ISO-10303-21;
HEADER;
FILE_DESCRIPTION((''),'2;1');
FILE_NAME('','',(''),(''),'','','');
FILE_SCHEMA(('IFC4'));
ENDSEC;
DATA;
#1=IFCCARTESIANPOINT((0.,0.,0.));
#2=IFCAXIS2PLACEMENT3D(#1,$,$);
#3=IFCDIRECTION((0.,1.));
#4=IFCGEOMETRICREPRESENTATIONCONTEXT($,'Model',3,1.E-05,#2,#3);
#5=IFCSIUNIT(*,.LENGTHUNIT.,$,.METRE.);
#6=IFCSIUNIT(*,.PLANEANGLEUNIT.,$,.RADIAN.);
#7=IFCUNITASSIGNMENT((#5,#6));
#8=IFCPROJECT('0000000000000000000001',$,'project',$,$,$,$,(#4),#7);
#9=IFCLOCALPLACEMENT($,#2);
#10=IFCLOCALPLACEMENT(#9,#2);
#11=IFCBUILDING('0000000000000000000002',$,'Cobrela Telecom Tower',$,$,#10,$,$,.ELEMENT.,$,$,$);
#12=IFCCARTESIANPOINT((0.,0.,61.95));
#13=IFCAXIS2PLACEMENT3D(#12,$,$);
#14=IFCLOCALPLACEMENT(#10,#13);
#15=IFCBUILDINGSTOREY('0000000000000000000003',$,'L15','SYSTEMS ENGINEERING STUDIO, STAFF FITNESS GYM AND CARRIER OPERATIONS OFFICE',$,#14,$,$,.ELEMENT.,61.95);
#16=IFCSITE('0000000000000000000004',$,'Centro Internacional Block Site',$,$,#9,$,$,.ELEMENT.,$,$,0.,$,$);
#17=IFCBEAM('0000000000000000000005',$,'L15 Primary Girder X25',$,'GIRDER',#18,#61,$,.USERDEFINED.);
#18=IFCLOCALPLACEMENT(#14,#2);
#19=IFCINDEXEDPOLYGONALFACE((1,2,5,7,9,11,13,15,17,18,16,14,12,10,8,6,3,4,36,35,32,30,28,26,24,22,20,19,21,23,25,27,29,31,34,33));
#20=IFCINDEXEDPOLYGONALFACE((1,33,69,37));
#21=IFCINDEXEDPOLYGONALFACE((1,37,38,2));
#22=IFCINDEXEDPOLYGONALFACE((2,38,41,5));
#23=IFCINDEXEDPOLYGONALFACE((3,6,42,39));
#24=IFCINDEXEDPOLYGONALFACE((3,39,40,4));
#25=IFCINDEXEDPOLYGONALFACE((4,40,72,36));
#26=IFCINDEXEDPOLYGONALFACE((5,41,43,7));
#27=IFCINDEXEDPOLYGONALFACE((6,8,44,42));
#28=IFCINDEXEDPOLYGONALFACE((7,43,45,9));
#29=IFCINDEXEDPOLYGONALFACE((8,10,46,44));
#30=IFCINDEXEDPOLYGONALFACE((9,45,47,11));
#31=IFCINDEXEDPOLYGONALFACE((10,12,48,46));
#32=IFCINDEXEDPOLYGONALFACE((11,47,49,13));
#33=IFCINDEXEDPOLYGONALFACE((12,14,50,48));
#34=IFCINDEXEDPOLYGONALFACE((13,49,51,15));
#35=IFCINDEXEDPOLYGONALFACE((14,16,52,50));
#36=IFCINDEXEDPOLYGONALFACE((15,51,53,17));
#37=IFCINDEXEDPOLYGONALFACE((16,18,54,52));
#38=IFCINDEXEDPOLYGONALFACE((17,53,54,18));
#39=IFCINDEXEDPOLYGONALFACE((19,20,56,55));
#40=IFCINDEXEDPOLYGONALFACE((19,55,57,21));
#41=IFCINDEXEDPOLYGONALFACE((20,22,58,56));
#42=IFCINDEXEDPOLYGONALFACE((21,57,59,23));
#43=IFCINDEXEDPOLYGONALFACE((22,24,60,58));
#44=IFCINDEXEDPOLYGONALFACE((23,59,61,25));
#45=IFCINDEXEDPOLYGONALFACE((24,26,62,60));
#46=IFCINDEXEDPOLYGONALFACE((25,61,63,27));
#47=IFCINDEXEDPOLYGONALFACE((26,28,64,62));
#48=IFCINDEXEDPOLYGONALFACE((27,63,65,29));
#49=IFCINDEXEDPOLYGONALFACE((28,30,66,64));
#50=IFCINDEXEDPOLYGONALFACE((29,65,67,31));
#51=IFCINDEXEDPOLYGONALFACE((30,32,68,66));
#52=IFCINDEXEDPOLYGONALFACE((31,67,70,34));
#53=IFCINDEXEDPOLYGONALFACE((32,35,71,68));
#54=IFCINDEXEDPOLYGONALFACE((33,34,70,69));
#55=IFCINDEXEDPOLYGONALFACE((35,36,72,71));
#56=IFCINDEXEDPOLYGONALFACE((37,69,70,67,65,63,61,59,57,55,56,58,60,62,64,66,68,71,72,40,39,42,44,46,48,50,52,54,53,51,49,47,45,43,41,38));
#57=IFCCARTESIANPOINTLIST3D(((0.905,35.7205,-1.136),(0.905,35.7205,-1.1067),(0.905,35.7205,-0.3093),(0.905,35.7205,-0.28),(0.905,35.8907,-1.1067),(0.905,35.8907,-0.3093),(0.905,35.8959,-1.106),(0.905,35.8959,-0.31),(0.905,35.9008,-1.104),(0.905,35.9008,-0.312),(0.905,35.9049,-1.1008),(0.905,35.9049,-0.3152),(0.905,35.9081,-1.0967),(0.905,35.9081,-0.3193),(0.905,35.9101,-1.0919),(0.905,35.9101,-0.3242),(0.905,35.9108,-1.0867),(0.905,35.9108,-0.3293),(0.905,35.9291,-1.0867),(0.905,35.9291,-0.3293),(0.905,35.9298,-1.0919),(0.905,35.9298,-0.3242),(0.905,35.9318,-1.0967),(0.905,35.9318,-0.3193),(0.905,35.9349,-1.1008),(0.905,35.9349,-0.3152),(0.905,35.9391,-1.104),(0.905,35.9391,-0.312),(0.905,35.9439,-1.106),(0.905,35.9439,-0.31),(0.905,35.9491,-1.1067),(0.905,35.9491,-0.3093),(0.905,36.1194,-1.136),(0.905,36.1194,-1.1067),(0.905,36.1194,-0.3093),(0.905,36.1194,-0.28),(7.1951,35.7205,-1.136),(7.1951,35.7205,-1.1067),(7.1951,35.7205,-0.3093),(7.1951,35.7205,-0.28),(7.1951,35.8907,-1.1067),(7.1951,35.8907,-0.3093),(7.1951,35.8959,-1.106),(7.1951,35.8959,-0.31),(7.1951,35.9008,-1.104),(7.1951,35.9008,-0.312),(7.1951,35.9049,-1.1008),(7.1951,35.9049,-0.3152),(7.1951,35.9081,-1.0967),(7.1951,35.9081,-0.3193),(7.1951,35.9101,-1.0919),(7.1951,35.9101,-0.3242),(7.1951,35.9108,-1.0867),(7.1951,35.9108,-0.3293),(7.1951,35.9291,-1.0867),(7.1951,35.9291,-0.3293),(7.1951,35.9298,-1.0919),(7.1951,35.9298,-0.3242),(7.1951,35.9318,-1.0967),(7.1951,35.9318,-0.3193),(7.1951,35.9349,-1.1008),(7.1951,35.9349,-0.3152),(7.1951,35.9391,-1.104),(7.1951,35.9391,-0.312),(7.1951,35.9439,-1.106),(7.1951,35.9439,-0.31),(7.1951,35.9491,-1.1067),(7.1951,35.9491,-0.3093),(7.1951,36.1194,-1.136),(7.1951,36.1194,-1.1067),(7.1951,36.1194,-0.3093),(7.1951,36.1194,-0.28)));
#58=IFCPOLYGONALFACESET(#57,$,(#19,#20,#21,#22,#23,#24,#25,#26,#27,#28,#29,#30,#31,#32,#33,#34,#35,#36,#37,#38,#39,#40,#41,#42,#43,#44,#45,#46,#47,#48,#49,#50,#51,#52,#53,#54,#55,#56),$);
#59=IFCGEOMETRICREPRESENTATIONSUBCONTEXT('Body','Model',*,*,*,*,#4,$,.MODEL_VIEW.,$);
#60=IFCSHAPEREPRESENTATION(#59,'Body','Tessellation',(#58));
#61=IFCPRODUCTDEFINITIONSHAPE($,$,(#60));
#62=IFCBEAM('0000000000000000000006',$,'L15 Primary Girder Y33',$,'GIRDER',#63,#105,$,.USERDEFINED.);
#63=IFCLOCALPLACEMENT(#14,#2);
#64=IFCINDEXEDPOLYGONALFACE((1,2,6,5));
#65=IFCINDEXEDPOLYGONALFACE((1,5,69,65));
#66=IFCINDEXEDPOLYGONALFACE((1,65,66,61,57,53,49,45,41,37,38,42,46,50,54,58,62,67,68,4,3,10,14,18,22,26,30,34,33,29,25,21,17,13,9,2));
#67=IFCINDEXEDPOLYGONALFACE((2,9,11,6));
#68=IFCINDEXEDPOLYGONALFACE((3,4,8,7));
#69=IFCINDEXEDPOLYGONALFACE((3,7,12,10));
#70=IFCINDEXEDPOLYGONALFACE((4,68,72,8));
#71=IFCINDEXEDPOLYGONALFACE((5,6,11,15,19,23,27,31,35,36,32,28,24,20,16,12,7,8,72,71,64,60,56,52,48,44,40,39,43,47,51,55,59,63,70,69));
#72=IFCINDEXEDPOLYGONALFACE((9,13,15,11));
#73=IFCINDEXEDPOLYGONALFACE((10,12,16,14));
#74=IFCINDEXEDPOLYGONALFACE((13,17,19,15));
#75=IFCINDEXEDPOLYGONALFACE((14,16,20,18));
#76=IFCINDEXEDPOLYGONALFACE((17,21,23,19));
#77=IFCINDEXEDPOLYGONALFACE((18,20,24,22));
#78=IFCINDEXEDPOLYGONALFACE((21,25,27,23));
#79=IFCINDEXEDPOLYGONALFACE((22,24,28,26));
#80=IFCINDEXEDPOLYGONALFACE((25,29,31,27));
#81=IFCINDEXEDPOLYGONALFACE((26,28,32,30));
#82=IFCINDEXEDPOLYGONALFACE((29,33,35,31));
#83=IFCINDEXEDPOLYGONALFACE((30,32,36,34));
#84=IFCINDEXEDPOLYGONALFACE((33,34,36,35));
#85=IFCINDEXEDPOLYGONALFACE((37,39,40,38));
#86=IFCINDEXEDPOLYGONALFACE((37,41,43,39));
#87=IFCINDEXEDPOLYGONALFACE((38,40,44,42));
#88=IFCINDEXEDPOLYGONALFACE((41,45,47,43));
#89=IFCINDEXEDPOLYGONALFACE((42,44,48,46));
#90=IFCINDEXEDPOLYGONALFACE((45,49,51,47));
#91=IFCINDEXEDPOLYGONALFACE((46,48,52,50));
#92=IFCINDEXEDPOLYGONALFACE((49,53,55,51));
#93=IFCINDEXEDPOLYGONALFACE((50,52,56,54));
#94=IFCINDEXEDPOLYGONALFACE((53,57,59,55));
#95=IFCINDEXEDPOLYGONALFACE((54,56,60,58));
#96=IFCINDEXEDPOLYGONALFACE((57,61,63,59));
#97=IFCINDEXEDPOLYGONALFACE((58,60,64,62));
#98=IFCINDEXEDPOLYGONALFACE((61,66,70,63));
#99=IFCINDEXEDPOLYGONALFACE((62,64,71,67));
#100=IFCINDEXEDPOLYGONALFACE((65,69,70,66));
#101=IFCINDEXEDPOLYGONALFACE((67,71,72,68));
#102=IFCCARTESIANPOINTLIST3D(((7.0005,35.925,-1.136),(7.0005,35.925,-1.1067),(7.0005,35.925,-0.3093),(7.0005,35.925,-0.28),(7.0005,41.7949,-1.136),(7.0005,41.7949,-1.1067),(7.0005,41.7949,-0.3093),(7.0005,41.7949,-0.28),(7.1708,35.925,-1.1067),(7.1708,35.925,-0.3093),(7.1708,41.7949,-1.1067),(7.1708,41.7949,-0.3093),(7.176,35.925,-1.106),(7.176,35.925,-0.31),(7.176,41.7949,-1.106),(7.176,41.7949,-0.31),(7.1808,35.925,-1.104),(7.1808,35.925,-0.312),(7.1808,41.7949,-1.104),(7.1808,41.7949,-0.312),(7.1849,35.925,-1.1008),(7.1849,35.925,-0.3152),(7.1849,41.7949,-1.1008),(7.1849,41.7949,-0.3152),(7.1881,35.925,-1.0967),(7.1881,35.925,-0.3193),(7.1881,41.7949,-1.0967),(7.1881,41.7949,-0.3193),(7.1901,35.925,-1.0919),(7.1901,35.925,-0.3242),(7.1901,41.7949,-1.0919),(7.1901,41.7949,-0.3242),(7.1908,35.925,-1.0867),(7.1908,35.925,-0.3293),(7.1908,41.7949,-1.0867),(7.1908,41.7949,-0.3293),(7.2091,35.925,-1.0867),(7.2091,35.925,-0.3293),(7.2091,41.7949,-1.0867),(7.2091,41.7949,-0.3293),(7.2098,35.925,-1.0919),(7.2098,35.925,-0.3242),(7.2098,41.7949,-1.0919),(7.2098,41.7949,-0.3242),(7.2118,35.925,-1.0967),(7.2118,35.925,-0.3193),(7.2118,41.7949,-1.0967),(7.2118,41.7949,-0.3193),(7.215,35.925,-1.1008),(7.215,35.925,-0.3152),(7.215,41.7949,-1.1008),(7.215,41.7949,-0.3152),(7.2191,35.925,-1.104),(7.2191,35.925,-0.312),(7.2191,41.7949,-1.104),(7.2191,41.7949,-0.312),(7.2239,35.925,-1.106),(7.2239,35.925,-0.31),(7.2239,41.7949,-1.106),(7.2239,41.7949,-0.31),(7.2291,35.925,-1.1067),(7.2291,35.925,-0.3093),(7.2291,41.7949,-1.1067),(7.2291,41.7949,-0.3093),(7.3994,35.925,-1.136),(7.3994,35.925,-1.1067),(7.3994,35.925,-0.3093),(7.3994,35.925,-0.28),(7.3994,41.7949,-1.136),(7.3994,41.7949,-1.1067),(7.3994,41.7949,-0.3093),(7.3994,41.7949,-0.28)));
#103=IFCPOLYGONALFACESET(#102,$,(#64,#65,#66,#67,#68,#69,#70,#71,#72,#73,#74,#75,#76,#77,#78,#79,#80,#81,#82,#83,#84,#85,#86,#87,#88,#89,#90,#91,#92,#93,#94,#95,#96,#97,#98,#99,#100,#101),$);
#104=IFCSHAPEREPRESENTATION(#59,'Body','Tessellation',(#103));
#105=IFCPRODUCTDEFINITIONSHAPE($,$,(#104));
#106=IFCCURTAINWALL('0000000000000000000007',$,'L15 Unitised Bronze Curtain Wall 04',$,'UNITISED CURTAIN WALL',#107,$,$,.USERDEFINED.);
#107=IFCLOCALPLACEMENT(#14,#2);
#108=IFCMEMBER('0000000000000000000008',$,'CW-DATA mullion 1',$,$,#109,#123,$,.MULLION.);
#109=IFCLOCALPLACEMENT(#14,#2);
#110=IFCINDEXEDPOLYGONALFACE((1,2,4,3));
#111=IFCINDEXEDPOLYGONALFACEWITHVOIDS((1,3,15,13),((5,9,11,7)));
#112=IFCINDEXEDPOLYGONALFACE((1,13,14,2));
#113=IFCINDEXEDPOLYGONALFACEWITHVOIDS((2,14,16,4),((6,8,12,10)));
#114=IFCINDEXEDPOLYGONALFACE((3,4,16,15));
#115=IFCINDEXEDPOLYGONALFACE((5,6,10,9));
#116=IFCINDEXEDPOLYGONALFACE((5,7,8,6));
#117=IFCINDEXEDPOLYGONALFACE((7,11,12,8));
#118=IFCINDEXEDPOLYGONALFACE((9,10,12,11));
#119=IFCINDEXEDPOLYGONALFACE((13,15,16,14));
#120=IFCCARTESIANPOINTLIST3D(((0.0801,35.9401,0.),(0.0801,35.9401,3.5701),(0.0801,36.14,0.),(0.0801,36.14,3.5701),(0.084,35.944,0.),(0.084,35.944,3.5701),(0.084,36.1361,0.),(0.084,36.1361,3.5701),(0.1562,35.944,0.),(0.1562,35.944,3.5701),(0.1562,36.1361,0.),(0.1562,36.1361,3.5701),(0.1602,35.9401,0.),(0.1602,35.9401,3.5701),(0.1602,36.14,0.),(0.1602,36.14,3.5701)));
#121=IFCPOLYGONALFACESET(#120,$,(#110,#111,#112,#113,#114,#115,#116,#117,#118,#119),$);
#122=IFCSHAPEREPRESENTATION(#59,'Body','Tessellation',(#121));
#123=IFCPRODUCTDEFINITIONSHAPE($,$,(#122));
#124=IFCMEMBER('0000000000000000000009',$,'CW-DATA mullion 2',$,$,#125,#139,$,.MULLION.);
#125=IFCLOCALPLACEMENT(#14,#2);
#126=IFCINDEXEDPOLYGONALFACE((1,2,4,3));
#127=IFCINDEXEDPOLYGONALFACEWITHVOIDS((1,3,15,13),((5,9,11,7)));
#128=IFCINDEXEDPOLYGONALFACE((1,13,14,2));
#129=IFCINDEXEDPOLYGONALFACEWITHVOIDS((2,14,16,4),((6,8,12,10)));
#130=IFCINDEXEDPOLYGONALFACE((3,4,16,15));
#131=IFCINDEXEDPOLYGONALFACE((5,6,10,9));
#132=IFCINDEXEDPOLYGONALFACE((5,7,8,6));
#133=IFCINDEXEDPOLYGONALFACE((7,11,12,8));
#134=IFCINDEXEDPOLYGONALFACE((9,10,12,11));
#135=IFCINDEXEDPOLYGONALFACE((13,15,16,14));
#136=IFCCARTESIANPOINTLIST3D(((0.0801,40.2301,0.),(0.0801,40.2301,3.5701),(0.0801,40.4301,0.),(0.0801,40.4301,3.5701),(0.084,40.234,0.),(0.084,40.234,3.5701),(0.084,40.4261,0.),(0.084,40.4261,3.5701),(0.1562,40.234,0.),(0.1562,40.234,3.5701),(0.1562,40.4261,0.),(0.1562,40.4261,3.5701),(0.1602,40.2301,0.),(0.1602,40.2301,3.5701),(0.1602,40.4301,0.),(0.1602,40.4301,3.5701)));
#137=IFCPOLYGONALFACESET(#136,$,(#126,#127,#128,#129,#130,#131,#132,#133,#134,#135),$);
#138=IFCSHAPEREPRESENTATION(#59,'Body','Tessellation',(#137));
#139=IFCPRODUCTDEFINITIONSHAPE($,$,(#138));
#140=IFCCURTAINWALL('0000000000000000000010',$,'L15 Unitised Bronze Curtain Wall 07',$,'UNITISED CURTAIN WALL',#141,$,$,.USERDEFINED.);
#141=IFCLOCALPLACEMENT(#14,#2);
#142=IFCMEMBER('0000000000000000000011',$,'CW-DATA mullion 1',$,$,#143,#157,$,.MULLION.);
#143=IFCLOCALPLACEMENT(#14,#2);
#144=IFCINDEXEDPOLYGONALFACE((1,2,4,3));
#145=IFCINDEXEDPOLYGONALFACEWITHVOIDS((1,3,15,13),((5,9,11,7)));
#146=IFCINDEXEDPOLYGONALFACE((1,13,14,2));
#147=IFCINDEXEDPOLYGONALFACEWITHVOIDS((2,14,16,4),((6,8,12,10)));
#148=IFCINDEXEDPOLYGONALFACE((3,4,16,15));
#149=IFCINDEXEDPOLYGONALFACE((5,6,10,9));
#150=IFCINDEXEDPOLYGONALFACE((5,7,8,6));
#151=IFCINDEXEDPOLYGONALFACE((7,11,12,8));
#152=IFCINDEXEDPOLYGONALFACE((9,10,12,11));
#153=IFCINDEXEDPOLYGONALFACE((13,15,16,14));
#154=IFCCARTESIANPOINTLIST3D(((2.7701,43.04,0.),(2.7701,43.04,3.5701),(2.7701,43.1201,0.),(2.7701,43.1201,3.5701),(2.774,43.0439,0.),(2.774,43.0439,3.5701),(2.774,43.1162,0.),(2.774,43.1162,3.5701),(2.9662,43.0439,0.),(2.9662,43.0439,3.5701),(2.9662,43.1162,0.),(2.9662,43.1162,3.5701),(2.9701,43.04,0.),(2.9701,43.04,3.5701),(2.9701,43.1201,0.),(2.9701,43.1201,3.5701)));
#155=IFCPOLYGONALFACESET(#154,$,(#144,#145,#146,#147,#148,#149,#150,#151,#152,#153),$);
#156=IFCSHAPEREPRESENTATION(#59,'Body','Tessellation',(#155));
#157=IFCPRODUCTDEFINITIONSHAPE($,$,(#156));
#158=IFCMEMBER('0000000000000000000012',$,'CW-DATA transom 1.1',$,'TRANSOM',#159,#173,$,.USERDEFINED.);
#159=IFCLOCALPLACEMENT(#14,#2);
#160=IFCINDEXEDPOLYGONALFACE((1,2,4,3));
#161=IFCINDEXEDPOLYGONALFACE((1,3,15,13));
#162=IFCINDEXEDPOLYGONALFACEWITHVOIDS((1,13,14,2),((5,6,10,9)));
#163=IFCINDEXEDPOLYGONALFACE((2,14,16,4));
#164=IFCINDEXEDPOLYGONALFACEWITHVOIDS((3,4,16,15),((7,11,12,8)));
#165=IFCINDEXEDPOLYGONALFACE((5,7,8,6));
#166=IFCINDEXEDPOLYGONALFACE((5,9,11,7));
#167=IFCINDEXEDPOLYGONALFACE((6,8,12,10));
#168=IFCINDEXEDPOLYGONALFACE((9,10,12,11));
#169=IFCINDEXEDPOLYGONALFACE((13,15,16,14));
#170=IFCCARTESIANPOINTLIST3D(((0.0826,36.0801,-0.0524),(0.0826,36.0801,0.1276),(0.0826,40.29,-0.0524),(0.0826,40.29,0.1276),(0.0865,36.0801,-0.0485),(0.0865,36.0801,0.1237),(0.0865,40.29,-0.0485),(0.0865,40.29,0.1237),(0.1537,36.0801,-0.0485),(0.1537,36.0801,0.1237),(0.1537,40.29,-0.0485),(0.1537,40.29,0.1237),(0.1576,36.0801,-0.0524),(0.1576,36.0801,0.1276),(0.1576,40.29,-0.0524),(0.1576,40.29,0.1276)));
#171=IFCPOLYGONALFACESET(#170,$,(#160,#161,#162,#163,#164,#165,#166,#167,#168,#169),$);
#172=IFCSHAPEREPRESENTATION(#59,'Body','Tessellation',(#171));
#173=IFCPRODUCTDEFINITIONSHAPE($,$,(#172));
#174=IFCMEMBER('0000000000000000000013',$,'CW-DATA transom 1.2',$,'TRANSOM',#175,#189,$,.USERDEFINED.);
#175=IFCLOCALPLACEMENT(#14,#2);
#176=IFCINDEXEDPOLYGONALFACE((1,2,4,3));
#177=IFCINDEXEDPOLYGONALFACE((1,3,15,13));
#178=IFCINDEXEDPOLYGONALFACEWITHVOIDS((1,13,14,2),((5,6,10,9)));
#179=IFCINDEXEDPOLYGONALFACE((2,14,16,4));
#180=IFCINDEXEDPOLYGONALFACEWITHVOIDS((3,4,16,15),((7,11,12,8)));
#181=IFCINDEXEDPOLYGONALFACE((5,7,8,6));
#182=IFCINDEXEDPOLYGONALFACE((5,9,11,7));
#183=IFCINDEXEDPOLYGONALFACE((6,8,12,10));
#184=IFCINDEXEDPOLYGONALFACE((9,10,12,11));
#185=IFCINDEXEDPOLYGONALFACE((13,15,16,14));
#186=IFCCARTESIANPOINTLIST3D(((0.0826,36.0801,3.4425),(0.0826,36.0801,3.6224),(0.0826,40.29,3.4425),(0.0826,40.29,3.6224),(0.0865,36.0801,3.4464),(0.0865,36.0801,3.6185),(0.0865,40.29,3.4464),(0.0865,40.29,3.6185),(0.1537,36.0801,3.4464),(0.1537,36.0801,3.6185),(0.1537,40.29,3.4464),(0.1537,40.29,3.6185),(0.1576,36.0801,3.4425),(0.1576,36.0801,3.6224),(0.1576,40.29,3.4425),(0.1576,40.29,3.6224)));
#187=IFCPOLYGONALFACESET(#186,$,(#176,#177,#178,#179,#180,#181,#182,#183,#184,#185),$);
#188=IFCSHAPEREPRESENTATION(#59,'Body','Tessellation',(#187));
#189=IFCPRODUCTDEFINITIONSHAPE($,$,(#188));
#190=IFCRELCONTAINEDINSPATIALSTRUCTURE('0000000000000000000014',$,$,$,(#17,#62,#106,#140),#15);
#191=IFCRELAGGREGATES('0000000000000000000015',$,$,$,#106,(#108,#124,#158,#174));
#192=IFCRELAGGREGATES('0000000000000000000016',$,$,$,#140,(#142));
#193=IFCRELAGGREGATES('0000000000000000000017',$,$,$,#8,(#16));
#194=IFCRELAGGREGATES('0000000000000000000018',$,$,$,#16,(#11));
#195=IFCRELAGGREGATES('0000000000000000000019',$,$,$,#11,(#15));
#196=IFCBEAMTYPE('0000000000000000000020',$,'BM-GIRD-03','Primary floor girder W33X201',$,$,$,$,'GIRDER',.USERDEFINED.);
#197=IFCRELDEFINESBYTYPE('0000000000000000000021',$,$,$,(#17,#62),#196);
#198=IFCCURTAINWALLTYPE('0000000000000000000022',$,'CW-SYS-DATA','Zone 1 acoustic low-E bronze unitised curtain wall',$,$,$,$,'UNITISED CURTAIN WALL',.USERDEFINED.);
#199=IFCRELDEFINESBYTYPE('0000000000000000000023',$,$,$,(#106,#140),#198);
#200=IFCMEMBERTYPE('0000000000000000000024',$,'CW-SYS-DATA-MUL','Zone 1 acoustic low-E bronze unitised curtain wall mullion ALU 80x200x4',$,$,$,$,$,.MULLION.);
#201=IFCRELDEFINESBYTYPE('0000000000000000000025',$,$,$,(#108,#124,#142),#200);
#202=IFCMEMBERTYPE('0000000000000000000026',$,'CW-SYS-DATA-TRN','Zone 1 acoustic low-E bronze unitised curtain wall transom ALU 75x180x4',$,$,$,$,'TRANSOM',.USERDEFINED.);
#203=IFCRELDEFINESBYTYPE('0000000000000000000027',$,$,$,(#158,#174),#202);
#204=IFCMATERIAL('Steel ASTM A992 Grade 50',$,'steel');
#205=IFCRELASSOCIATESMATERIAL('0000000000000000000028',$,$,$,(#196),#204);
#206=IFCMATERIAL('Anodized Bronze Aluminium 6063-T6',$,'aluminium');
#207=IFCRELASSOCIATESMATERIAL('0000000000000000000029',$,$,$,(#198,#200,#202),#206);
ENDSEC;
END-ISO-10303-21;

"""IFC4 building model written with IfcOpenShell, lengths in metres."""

from ifc_helpers import new_model, si_unit, direction, frame, origin, origin_2d, place, context, subcontext, project, spatial, hollow_rectangle, i_section, extrude, material, material_profile, profile_set, type_object, element, aggregate, save


model = new_model("IFC4")

# Units and contexts
model_context = context("Model", 3, precision=1e-05, world=origin(), true_north=direction((0.0, 1.0)))
body_context = subcontext(model_context, "Body", "Model", "MODEL_VIEW")
ifc_project = project(units=[si_unit("LENGTHUNIT", "METRE"), si_unit("PLANEANGLEUNIT", "RADIAN")], contexts=[model_context])

# Site, building, storey
site_placement = place(None, origin())
site = spatial("IfcSite", under=ifc_project, at=site_placement, Name="Centro Internacional Block Site", CompositionType="ELEMENT", RefElevation=0.0)
building_placement = place(site_placement, origin())
building = spatial("IfcBuilding", under=site, at=building_placement, Name="Cobrela Telecom Tower", CompositionType="ELEMENT")
storey_placement = place(building_placement, frame((0.0, 0.0, 61.95)))
storey = spatial("IfcBuildingStorey", under=building, at=storey_placement, Name="L15", Description="SYSTEMS ENGINEERING STUDIO, STAFF FITNESS GYM AND CARRIER OPERATIONS OFFICE", CompositionType="ELEMENT", Elevation=61.95)

# Beams
ifc_material_1 = material(Name="Steel ASTM A992 Grade 50", Category="steel")
ifc_material_profile_1 = material_profile(ifc_material_1, i_section(OverallWidth=0.3989, OverallDepth=0.856, WebThickness=0.0183, FlangeThickness=0.0293, FilletRadius=0.02, at=origin_2d()), Name="W33X201")
ifc_profile_set_1 = profile_set([ifc_material_profile_1], Name="Steel ASTM A992 Grade 50")
beam_type = type_object("IfcBeamType", Name="BM-GIRD-03", Description="Primary floor girder W33X201", ElementType="GIRDER", PredefinedType="USERDEFINED", material=ifc_profile_set_1)
beam_1_placement = place(storey_placement, frame((0.905, 35.9199, -0.708), z_axis=(1.0, 0.0, 0.0), x_axis=(0.0, 1.0, 0.0)))
element("IfcBeam", 1, at=beam_1_placement, inside=storey, type_object=beam_type, Name="L15 Primary Girder X25", ObjectType="GIRDER", PredefinedType="USERDEFINED", context=body_context, shape_type="SweptSolid", body=[
    extrude(i_section(OverallWidth=0.3989, OverallDepth=0.856, WebThickness=0.0183, FlangeThickness=0.0293, FilletRadius=0.02, at=origin_2d()), origin(), (0.0, 0.0, 1.0), 6.29),
])
beam_2_placement = place(storey_placement, frame((7.2, 35.925, -0.708), z_axis=(0.0, 1.0, 0.0), x_axis=(-1.0, 0.0, 0.0)))
element("IfcBeam", 2, at=beam_2_placement, inside=storey, type_object=beam_type, Name="L15 Primary Girder Y33", ObjectType="GIRDER", PredefinedType="USERDEFINED", context=body_context, shape_type="SweptSolid", body=[
    extrude(i_section(OverallWidth=0.3989, OverallDepth=0.856, WebThickness=0.0183, FlangeThickness=0.0293, FilletRadius=0.02, at=origin_2d()), origin(), (0.0, 0.0, 1.0), 5.8699),
])

# Curtain wall, members
ifc_material_2 = material(Name="Anodized Bronze Aluminium 6063-T6", Category="aluminium")
curtain_wall_type = type_object("IfcCurtainWallType", Name="CW-SYS-DATA", Description="Zone 1 acoustic low-E bronze unitised curtain wall", ElementType="UNITISED CURTAIN WALL", PredefinedType="USERDEFINED", material=ifc_material_2)
curtain_wall_1_placement = place(storey_placement, origin())
curtain_wall_1 = element("IfcCurtainWall", 3, at=curtain_wall_1_placement, inside=storey, type_object=curtain_wall_type, Name="L15 Unitised Bronze Curtain Wall 04", ObjectType="UNITISED CURTAIN WALL", PredefinedType="USERDEFINED")
ifc_material_profile_2 = material_profile(ifc_material_2, hollow_rectangle(XDim=0.0801, YDim=0.2, WallThickness=0.0039, at=origin_2d()), Name="ALU 80x200x4")
ifc_profile_set_2 = profile_set([ifc_material_profile_2], Name="Anodized Bronze Aluminium 6063-T6")
member_type_1 = type_object("IfcMemberType", Name="CW-SYS-DATA-MUL", Description="Zone 1 acoustic low-E bronze unitised curtain wall mullion ALU 80x200x4", PredefinedType="MULLION", material=ifc_profile_set_2)
member_1_placement = place(storey_placement, frame((0.1201, 36.04, 0.0), z_axis=(0.0, 0.0, 1.0), x_axis=(-1.0, 0.0, 0.0)))
member_1 = element("IfcMember", 4, at=member_1_placement, type_object=member_type_1, Name="CW-DATA mullion 1", PredefinedType="MULLION", context=body_context, shape_type="SweptSolid", body=[
    extrude(hollow_rectangle(XDim=0.0801, YDim=0.2, WallThickness=0.0039, at=origin_2d()), origin(), (0.0, 0.0, 1.0), 3.5701),
])
member_2_placement = place(storey_placement, frame((0.1201, 40.3301, 0.0), z_axis=(0.0, 0.0, 1.0), x_axis=(-1.0, 0.0, 0.0)))
member_2 = element("IfcMember", 5, at=member_2_placement, type_object=member_type_1, Name="CW-DATA mullion 2", PredefinedType="MULLION", context=body_context, shape_type="SweptSolid", body=[
    extrude(hollow_rectangle(XDim=0.0801, YDim=0.2, WallThickness=0.0039, at=origin_2d()), origin(), (0.0, 0.0, 1.0), 3.5701),
])

# Curtain wall, member
curtain_wall_2_placement = place(storey_placement, origin())
curtain_wall_2 = element("IfcCurtainWall", 6, at=curtain_wall_2_placement, inside=storey, type_object=curtain_wall_type, Name="L15 Unitised Bronze Curtain Wall 07", ObjectType="UNITISED CURTAIN WALL", PredefinedType="USERDEFINED")
member_3_placement = place(storey_placement, frame((2.8701, 43.0801, 0.0), z_axis=(0.0, 0.0, 1.0), x_axis=(0.0, 1.0, 0.0)))
member_3 = element("IfcMember", 7, at=member_3_placement, type_object=member_type_1, Name="CW-DATA mullion 1", PredefinedType="MULLION", context=body_context, shape_type="SweptSolid", body=[
    extrude(hollow_rectangle(XDim=0.0801, YDim=0.2, WallThickness=0.0039, at=origin_2d()), origin(), (0.0, 0.0, 1.0), 3.5701),
])

# Members
ifc_material_profile_3 = material_profile(ifc_material_2, hollow_rectangle(XDim=0.075, YDim=0.1799, WallThickness=0.0039, at=origin_2d()), Name="ALU 75x180x4")
ifc_profile_set_3 = profile_set([ifc_material_profile_3], Name="Anodized Bronze Aluminium 6063-T6")
member_type_2 = type_object("IfcMemberType", Name="CW-SYS-DATA-TRN", Description="Zone 1 acoustic low-E bronze unitised curtain wall transom ALU 75x180x4", ElementType="TRANSOM", PredefinedType="USERDEFINED", material=ifc_profile_set_3)
member_4_placement = place(storey_placement, frame((0.1201, 36.0801, 0.0376), z_axis=(0.0, 1.0, 0.0), x_axis=(-1.0, 0.0, 0.0)))
member_4 = element("IfcMember", 8, at=member_4_placement, type_object=member_type_2, Name="CW-DATA transom 1.1", ObjectType="TRANSOM", PredefinedType="USERDEFINED", context=body_context, shape_type="SweptSolid", body=[
    extrude(hollow_rectangle(XDim=0.075, YDim=0.1799, WallThickness=0.0039, at=origin_2d()), origin(), (0.0, 0.0, 1.0), 4.21),
])
member_5_placement = place(storey_placement, frame((0.1201, 36.0801, 3.5325), z_axis=(0.0, 1.0, 0.0), x_axis=(-1.0, 0.0, 0.0)))
member_5 = element("IfcMember", 9, at=member_5_placement, type_object=member_type_2, Name="CW-DATA transom 1.2", ObjectType="TRANSOM", PredefinedType="USERDEFINED", context=body_context, shape_type="SweptSolid", body=[
    extrude(hollow_rectangle(XDim=0.075, YDim=0.1799, WallThickness=0.0039, at=origin_2d()), origin(), (0.0, 0.0, 1.0), 4.21),
])

aggregate(curtain_wall_1, [member_1, member_2, member_4, member_5])
aggregate(curtain_wall_2, [member_3])

save(model, "model.ifc")
